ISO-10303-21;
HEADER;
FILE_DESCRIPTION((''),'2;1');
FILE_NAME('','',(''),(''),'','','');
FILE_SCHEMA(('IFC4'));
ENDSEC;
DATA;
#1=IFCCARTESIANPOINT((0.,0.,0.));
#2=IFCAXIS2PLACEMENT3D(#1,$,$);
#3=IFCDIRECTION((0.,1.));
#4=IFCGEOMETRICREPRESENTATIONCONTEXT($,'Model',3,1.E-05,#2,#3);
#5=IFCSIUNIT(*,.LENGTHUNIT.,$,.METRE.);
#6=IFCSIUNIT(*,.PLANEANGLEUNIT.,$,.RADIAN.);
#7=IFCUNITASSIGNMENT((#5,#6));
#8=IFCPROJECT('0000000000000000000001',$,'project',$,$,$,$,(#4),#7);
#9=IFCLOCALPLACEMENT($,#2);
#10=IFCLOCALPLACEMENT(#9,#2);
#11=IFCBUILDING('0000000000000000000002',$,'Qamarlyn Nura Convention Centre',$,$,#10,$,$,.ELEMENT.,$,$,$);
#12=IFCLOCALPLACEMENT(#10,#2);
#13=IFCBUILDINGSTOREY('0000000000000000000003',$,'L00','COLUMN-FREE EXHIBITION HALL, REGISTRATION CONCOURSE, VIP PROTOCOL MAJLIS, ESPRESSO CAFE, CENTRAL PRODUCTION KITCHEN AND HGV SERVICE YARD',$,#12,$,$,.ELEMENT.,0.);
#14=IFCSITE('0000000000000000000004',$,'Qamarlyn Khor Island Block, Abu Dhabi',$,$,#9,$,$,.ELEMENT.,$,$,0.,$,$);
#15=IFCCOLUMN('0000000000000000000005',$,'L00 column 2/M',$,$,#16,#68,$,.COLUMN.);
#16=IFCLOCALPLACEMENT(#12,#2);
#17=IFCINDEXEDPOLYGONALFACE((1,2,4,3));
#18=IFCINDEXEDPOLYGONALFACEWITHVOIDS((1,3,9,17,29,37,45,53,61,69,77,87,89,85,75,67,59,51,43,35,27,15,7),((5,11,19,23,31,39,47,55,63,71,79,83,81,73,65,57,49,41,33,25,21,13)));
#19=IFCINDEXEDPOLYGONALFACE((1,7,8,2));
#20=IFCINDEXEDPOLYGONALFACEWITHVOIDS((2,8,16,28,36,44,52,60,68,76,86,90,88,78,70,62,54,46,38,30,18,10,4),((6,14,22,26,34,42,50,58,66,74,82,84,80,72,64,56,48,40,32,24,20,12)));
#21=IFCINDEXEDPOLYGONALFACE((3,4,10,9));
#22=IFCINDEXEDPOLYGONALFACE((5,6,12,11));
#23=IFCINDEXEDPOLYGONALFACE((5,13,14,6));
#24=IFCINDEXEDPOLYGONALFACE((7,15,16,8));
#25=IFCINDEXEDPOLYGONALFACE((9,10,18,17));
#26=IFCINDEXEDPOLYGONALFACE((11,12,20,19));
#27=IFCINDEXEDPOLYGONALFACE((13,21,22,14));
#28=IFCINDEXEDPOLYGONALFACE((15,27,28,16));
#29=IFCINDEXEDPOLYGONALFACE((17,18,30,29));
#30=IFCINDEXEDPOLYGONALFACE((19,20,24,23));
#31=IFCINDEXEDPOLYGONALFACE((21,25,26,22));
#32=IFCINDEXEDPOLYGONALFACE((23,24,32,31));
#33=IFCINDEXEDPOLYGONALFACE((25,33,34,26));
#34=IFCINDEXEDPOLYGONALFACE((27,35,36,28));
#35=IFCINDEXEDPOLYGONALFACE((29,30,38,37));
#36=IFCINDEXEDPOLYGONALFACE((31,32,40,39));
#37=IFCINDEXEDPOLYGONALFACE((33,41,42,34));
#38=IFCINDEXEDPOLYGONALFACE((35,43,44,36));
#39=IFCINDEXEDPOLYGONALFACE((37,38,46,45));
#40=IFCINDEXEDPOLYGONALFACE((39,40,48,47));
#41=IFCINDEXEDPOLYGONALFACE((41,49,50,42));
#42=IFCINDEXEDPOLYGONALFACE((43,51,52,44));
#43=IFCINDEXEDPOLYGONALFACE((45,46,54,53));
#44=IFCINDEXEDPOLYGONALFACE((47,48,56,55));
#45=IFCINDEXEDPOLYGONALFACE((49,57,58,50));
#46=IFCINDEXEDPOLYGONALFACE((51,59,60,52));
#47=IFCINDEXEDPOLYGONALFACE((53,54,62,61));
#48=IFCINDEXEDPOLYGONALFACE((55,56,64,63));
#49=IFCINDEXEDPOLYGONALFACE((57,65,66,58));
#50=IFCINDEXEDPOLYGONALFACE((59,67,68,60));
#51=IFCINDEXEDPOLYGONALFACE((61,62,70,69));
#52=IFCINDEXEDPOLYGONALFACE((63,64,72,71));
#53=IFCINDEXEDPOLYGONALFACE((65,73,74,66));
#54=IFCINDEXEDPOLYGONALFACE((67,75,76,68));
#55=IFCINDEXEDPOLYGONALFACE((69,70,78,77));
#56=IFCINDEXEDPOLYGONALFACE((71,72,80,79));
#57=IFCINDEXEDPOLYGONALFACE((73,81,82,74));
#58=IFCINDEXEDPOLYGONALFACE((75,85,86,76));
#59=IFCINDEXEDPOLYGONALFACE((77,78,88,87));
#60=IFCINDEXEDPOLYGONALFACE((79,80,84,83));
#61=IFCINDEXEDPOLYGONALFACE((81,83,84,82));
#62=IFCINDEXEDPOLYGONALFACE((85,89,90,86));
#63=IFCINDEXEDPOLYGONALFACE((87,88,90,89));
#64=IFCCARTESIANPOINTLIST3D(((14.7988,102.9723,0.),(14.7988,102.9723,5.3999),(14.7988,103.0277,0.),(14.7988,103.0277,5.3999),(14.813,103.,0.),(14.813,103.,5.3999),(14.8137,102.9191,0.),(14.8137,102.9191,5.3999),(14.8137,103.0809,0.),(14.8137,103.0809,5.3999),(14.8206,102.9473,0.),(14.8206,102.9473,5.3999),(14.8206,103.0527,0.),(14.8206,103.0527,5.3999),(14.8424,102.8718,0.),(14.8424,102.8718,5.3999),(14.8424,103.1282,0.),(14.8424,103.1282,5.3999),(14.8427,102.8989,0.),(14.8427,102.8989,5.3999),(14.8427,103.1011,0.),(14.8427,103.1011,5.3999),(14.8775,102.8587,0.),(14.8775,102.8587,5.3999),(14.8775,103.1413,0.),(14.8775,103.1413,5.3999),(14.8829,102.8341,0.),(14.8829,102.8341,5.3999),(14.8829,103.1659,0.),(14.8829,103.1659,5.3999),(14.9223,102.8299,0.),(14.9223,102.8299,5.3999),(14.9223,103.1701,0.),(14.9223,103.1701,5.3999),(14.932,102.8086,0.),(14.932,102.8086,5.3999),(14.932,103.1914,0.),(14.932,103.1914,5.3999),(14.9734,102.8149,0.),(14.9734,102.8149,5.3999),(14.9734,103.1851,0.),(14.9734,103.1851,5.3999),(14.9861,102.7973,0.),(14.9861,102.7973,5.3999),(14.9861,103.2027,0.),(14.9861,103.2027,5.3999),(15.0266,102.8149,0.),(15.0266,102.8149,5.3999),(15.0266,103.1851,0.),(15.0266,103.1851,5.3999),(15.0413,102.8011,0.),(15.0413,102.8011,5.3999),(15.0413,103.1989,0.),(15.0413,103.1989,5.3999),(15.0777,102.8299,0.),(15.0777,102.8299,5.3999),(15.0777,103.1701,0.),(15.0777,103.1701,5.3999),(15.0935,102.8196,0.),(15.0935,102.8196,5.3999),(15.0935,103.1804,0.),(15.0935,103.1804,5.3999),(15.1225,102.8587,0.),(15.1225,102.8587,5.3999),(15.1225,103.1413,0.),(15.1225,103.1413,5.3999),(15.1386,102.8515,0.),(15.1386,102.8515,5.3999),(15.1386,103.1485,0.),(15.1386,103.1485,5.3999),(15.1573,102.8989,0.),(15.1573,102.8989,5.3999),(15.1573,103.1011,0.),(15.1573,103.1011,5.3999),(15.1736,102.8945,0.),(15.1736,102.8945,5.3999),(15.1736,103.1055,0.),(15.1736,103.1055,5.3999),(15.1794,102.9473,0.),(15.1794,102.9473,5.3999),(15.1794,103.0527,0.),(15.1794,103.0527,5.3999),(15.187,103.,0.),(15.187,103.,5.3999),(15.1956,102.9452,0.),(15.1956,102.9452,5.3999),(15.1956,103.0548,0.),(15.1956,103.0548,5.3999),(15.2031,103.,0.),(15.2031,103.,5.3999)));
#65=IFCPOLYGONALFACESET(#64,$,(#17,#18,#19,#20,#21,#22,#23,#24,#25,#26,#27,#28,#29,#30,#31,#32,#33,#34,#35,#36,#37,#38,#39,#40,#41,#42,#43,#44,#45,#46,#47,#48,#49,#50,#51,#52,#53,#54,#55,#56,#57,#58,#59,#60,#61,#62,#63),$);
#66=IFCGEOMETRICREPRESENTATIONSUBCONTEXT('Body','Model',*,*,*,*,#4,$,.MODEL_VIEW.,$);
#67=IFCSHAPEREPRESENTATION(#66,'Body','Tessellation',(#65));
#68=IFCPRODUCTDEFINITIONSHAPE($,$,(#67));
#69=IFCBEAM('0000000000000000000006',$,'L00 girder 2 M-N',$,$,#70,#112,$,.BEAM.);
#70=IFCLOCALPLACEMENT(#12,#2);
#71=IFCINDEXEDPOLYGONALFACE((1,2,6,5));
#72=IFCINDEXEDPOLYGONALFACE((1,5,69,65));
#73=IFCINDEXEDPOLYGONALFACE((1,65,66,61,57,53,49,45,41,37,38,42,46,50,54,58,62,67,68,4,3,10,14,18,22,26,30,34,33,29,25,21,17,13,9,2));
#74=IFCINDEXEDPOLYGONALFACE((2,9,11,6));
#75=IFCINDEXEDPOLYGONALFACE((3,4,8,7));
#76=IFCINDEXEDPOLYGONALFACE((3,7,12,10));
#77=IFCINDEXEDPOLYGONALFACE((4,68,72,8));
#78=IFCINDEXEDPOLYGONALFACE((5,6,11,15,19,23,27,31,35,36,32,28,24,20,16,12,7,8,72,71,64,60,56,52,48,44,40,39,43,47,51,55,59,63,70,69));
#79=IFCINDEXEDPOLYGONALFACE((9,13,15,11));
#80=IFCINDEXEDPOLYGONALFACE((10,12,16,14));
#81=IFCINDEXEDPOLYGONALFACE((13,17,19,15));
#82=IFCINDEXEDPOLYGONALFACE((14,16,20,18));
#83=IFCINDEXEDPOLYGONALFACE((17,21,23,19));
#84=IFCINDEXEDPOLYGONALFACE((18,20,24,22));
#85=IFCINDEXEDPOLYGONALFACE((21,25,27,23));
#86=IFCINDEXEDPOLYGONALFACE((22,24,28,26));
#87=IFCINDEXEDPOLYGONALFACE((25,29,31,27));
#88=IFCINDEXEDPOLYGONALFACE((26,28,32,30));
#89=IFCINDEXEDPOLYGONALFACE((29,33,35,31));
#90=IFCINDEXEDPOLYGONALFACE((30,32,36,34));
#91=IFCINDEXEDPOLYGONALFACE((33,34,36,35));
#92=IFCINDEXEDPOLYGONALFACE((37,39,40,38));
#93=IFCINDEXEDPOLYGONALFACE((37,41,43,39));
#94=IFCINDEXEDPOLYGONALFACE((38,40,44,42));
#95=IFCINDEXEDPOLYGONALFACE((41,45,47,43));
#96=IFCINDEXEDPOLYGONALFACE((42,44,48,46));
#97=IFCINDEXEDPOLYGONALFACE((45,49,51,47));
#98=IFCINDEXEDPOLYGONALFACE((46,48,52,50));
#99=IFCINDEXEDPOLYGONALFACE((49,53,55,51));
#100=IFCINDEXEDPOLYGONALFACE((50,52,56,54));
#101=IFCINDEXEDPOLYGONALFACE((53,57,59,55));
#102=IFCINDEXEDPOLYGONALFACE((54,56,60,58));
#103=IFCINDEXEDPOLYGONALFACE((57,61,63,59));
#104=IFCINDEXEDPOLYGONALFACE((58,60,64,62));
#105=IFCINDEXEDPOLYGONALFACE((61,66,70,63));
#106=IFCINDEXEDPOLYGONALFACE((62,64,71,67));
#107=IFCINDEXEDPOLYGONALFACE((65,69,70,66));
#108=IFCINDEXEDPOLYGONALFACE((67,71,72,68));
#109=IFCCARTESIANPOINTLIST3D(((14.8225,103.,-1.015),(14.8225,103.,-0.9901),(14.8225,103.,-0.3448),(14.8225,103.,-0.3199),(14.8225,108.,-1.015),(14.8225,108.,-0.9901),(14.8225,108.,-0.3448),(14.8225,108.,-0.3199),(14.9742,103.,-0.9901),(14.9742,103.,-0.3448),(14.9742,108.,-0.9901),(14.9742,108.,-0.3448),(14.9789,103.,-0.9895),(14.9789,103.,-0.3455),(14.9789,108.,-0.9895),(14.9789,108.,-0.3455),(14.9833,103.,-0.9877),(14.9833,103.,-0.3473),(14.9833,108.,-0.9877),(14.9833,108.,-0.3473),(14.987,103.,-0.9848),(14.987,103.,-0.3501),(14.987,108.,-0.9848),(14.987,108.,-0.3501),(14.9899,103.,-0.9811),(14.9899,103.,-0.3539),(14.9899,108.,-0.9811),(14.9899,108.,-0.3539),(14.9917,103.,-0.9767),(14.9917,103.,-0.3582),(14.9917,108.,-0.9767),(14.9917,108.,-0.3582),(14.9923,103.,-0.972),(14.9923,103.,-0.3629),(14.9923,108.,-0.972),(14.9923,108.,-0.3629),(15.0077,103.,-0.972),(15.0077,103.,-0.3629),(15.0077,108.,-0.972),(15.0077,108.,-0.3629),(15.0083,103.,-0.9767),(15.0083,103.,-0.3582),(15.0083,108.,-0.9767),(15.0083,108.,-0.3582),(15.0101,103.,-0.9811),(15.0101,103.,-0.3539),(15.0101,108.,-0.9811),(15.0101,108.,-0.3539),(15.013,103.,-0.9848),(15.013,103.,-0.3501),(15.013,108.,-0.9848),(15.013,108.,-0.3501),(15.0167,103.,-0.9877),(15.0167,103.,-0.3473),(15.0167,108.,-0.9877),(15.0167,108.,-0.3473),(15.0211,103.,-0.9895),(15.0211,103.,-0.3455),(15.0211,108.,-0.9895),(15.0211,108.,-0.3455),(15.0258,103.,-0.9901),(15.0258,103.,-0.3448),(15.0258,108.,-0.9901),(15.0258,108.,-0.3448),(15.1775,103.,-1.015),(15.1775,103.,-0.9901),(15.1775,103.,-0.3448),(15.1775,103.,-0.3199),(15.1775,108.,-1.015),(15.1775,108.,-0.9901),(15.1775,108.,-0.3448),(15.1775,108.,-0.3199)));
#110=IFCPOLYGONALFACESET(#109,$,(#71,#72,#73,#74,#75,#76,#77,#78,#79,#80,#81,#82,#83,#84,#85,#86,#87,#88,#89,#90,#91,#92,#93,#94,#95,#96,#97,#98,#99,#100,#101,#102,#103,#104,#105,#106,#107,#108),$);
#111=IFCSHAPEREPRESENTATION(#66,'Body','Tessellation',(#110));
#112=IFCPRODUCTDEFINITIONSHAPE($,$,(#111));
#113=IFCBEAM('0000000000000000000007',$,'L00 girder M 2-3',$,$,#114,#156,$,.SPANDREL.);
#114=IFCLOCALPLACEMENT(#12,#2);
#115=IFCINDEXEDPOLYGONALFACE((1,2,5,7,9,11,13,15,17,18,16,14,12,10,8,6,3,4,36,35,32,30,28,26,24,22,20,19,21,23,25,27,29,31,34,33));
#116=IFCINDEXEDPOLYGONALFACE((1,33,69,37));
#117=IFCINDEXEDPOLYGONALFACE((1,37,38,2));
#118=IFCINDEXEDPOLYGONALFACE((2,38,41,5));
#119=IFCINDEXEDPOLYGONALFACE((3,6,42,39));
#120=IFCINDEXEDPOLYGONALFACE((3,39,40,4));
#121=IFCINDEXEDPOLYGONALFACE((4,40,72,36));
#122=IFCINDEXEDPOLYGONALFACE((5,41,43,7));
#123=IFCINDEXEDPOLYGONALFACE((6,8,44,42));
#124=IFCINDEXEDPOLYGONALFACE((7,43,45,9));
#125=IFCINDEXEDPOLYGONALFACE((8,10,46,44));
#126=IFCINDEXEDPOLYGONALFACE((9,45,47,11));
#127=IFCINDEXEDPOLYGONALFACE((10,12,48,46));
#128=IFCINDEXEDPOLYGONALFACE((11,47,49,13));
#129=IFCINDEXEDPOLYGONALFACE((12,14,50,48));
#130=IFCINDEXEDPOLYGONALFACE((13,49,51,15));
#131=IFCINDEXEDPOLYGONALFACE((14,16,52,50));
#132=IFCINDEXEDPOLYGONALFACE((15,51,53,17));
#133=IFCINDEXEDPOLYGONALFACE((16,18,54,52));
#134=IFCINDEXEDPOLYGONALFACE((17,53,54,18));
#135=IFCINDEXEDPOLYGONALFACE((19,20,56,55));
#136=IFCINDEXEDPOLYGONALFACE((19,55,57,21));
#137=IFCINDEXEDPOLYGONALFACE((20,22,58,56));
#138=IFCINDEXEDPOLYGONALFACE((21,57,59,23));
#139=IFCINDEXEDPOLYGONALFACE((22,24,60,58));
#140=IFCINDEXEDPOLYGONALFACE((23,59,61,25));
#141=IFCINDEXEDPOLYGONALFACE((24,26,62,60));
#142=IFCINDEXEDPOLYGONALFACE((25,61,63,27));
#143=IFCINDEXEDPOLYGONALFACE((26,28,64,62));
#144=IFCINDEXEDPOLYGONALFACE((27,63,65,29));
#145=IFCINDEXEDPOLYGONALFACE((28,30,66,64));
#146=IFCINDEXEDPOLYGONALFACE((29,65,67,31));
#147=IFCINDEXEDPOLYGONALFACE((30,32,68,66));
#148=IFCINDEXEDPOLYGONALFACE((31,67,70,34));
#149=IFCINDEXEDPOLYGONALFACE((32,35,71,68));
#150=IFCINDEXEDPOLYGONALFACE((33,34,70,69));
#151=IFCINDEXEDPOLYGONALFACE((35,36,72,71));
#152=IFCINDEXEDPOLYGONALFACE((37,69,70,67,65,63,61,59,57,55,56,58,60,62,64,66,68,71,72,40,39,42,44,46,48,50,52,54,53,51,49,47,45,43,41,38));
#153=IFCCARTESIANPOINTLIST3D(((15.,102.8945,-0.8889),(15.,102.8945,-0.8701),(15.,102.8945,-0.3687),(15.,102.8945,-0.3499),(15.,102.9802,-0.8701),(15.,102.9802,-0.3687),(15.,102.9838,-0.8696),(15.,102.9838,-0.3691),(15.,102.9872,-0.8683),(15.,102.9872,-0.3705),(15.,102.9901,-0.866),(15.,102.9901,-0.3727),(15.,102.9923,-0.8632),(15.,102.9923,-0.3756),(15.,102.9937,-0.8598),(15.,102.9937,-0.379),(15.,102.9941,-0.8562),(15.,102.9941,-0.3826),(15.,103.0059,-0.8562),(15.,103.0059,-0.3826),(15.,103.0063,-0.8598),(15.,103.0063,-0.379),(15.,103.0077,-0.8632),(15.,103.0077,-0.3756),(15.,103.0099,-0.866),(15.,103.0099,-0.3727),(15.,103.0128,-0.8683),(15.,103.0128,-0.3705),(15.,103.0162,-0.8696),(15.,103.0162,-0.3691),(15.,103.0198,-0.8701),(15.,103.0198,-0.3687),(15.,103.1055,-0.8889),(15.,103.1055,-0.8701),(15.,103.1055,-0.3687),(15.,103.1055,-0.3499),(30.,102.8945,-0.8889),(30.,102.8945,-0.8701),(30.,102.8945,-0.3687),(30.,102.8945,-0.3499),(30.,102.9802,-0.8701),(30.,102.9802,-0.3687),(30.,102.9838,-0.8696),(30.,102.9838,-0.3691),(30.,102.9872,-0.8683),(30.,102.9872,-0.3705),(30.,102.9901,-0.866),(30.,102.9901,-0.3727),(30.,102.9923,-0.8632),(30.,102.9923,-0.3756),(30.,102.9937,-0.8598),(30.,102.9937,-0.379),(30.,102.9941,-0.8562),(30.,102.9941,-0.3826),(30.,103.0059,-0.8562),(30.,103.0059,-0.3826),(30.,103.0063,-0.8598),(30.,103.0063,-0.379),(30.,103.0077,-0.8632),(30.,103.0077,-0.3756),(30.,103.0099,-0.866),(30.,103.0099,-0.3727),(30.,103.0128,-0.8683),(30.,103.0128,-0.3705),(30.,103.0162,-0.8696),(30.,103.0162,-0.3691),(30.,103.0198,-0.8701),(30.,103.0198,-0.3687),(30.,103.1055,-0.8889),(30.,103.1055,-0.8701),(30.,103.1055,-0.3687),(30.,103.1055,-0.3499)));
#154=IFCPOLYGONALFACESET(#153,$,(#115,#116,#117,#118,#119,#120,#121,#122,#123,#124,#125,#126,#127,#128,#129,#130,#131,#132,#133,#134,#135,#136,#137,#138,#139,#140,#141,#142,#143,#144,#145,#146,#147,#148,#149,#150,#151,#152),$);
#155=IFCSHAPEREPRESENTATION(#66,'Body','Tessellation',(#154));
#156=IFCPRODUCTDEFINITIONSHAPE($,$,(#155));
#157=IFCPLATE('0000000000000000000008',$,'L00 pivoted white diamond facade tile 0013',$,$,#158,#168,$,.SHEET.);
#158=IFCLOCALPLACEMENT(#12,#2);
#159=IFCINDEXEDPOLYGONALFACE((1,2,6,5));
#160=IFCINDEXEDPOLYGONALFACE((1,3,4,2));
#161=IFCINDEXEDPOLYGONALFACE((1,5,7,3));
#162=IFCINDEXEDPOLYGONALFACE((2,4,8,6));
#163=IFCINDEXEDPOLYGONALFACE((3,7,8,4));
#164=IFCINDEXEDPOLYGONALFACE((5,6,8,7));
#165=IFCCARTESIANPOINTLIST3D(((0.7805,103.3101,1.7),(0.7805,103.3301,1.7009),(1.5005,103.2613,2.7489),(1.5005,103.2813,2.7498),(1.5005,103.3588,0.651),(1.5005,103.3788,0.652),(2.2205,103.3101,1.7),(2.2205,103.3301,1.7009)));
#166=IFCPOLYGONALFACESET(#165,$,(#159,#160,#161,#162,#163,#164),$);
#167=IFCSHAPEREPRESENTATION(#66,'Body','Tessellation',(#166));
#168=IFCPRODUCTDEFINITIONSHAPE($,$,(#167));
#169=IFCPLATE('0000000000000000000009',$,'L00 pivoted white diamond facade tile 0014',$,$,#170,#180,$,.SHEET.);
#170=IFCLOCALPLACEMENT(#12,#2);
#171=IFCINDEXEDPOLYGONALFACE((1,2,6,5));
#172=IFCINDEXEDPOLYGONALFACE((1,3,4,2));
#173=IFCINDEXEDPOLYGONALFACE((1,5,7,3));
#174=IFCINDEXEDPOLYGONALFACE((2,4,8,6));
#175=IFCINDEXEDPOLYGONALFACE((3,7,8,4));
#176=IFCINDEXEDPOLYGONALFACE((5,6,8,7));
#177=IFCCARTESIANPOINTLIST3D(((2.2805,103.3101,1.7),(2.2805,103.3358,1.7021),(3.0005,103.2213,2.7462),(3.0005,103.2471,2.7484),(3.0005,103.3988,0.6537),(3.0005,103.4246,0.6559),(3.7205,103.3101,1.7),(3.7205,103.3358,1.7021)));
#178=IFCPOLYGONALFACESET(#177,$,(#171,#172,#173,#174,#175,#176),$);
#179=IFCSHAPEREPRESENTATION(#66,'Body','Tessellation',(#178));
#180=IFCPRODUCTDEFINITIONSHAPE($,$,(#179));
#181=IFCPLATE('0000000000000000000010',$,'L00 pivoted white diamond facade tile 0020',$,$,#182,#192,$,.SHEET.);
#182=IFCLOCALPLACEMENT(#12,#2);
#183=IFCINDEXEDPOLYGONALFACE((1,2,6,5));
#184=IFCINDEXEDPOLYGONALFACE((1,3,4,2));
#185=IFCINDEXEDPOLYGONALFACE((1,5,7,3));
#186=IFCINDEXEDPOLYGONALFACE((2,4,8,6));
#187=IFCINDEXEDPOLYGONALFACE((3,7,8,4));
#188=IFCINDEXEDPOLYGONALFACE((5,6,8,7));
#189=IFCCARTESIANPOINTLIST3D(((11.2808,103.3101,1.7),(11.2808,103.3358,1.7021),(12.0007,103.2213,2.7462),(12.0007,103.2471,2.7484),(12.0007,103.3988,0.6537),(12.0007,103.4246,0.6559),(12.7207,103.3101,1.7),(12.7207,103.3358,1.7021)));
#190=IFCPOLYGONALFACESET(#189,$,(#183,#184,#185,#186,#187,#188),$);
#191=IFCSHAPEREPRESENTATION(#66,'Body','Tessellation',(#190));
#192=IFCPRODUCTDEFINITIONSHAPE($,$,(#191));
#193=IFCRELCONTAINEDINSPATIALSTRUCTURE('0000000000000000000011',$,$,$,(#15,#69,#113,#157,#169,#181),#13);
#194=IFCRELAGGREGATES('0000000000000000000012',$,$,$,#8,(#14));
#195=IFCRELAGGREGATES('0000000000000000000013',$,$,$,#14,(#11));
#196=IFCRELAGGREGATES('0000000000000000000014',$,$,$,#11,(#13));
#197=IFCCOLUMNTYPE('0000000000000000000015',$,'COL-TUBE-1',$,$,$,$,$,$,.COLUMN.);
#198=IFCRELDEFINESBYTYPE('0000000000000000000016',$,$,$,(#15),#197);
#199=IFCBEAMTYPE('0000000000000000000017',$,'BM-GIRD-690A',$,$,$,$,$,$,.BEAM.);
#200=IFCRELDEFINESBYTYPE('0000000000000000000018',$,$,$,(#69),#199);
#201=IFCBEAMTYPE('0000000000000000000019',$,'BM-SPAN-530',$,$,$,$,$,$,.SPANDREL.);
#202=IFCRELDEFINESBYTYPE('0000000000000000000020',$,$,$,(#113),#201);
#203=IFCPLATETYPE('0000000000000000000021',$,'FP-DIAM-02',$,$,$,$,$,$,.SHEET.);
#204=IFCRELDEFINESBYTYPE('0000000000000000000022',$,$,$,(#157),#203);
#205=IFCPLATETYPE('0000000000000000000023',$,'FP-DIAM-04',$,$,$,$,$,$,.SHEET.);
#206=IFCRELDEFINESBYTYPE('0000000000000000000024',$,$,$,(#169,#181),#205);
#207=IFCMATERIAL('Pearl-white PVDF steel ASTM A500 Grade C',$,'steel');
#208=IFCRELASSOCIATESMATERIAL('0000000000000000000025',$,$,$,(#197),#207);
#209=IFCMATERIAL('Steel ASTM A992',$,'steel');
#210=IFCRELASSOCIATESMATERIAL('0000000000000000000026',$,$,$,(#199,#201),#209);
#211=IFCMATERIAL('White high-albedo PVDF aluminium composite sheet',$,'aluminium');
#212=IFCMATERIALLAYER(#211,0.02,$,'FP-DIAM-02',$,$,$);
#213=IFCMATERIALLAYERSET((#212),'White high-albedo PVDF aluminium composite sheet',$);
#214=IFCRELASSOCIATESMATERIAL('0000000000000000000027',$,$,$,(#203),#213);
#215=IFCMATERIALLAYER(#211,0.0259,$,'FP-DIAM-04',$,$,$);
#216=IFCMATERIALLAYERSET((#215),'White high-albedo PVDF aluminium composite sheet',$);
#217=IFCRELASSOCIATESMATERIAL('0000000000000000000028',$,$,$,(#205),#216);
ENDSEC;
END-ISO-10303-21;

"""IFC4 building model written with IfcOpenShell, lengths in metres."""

from ifc_helpers import new_model, si_unit, direction, frame, origin, origin_2d, place, context, subcontext, project, spatial, polyline, hollow_circle, i_section, outline, extrude, material, layer, layer_set, material_profile, profile_set, type_object, element, save


model = new_model("IFC4")

# Units and contexts
model_context = context("Model", 3, precision=1e-05, world=origin(), true_north=direction((0.0, 1.0)))
body_context = subcontext(model_context, "Body", "Model", "MODEL_VIEW")
ifc_project = project(units=[si_unit("LENGTHUNIT", "METRE"), si_unit("PLANEANGLEUNIT", "RADIAN")], contexts=[model_context])

# Site, building, storey
site_placement = place(None, origin())
site = spatial("IfcSite", under=ifc_project, at=site_placement, Name="Qamarlyn Khor Island Block, Abu Dhabi", CompositionType="ELEMENT", RefElevation=0.0)
building_placement = place(site_placement, origin())
building = spatial("IfcBuilding", under=site, at=building_placement, Name="Qamarlyn Nura Convention Centre", CompositionType="ELEMENT")
storey_placement = place(building_placement, origin())
storey = spatial("IfcBuildingStorey", under=building, at=storey_placement, Name="L00", Description="COLUMN-FREE EXHIBITION HALL, REGISTRATION CONCOURSE, VIP PROTOCOL MAJLIS, ESPRESSO CAFE, CENTRAL PRODUCTION KITCHEN AND HGV SERVICE YARD", CompositionType="ELEMENT", Elevation=0.0)

# Column
ifc_material_1 = material(Name="Pearl-white PVDF steel ASTM A500 Grade C", Category="steel")
ifc_material_profile_1 = material_profile(ifc_material_1, hollow_circle(Radius=0.2031, WallThickness=0.0161, at=origin_2d()), Name="CHS406.4X16")
ifc_profile_set_1 = profile_set([ifc_material_profile_1], Name="Pearl-white PVDF steel ASTM A500 Grade C")
column_type = type_object("IfcColumnType", Name="COL-TUBE-1", PredefinedType="COLUMN", material=ifc_profile_set_1)
column_placement = place(storey_placement, frame((15.0, 103.0, 0.0), z_axis=(0.0, 0.0, 1.0), x_axis=(1.0, 0.0, 0.0)))
element("IfcColumn", 1, at=column_placement, inside=storey, type_object=column_type, Name="L00 column 2/M", PredefinedType="COLUMN", context=body_context, shape_type="SweptSolid", body=[
    extrude(hollow_circle(Radius=0.2031, WallThickness=0.0161, at=origin_2d()), origin(), (0.0, 0.0, 1.0), 5.3999),
])

# Beams
ifc_material_2 = material(Name="Steel ASTM A992", Category="steel")
ifc_material_profile_2 = material_profile(ifc_material_2, i_section(OverallWidth=0.355, OverallDepth=0.6951, WebThickness=0.0154, FlangeThickness=0.0249, FilletRadius=0.0181, at=origin_2d()), Name="W690X217")
ifc_profile_set_2 = profile_set([ifc_material_profile_2], Name="Steel ASTM A992")
beam_type_1 = type_object("IfcBeamType", Name="BM-GIRD-690A", PredefinedType="BEAM", material=ifc_profile_set_2)
beam_1_placement = place(storey_placement, frame((15.0, 103.0, -0.6675), z_axis=(0.0, 1.0, 0.0), x_axis=(-1.0, 0.0, 0.0)))
element("IfcBeam", 2, at=beam_1_placement, inside=storey, type_object=beam_type_1, Name="L00 girder 2 M-N", PredefinedType="BEAM", context=body_context, shape_type="SweptSolid", body=[
    extrude(i_section(OverallWidth=0.355, OverallDepth=0.6951, WebThickness=0.0154, FlangeThickness=0.0249, FilletRadius=0.0181, at=origin_2d()), origin(), (0.0, 0.0, 1.0), 5.0),
])
ifc_material_profile_3 = material_profile(ifc_material_2, i_section(OverallWidth=0.2109, OverallDepth=0.5391, WebThickness=0.0117, FlangeThickness=0.0188, FilletRadius=0.0139, at=origin_2d()), Name="W530X109")
ifc_profile_set_3 = profile_set([ifc_material_profile_3], Name="Steel ASTM A992")
beam_type_2 = type_object("IfcBeamType", Name="BM-SPAN-530", PredefinedType="SPANDREL", material=ifc_profile_set_3)
beam_2_placement = place(storey_placement, frame((15.0, 103.0, -0.6194), z_axis=(1.0, 0.0, 0.0), x_axis=(0.0, 1.0, 0.0)))
element("IfcBeam", 3, at=beam_2_placement, inside=storey, type_object=beam_type_2, Name="L00 girder M 2-3", PredefinedType="SPANDREL", context=body_context, shape_type="SweptSolid", body=[
    extrude(i_section(OverallWidth=0.2109, OverallDepth=0.5391, WebThickness=0.0117, FlangeThickness=0.0188, FilletRadius=0.0139, at=origin_2d()), origin(), (0.0, 0.0, 1.0), 15.0),
])

# Plates
ifc_material_3 = material(Name="White high-albedo PVDF aluminium composite sheet", Category="aluminium")
ifc_layer_1 = layer(ifc_material_3, 0.02, Name="FP-DIAM-02")
ifc_layer_set_1 = layer_set([ifc_layer_1], Name="White high-albedo PVDF aluminium composite sheet")
plate_type_1 = type_object("IfcPlateType", Name="FP-DIAM-02", PredefinedType="SHEET", material=ifc_layer_set_1)
plate_placement = place(storey_placement, frame((1.5005, 103.3101, 1.7), z_axis=(0.0, 0.998923, 0.046409), x_axis=(-1.0, 0.0, 0.0)))
element("IfcPlate", 4, at=plate_placement, inside=storey, type_object=plate_type_1, Name="L00 pivoted white diamond facade tile 0013", PredefinedType="SHEET", context=body_context, shape_type="SweptSolid", body=[
    extrude(outline(polyline([(-0.72, 0.0), (0.0, -1.05), (0.72, 0.0), (0.0, 1.05), (-0.72, 0.0)])), origin(), (0.0, 0.0, 1.0), 0.02),
])
ifc_layer_2 = layer(ifc_material_3, 0.0259, Name="FP-DIAM-04")
ifc_layer_set_2 = layer_set([ifc_layer_2], Name="White high-albedo PVDF aluminium composite sheet")
plate_type_2 = type_object("IfcPlateType", Name="FP-DIAM-04", PredefinedType="SHEET", material=ifc_layer_set_2)
for number, where, z_axis, x_axis, name in (
    (5, (3.0005, 103.3101, 1.7), (0.0, 0.996419, 0.084547), (-1.0, 0.0, 0.0), "L00 pivoted white diamond facade tile 0014"),
    (6, (12.0007, 103.3101, 1.7), (0.0, 0.996419, 0.084547), (-1.0, 0.0, 0.0), "L00 pivoted white diamond facade tile 0020"),
):
    element("IfcPlate", number, at=place(storey_placement, frame(where, z_axis=z_axis, x_axis=x_axis)), inside=storey, type_object=plate_type_2, Name=name, PredefinedType="SHEET", context=body_context, shape_type="SweptSolid", body=[
        extrude(outline(polyline([(-0.72, 0.0), (0.0, -1.05), (0.72, 0.0), (0.0, 1.05), (-0.72, 0.0)])), origin(), (0.0, 0.0, 1.0), 0.0259),
    ])

save(model, "model.ifc")
